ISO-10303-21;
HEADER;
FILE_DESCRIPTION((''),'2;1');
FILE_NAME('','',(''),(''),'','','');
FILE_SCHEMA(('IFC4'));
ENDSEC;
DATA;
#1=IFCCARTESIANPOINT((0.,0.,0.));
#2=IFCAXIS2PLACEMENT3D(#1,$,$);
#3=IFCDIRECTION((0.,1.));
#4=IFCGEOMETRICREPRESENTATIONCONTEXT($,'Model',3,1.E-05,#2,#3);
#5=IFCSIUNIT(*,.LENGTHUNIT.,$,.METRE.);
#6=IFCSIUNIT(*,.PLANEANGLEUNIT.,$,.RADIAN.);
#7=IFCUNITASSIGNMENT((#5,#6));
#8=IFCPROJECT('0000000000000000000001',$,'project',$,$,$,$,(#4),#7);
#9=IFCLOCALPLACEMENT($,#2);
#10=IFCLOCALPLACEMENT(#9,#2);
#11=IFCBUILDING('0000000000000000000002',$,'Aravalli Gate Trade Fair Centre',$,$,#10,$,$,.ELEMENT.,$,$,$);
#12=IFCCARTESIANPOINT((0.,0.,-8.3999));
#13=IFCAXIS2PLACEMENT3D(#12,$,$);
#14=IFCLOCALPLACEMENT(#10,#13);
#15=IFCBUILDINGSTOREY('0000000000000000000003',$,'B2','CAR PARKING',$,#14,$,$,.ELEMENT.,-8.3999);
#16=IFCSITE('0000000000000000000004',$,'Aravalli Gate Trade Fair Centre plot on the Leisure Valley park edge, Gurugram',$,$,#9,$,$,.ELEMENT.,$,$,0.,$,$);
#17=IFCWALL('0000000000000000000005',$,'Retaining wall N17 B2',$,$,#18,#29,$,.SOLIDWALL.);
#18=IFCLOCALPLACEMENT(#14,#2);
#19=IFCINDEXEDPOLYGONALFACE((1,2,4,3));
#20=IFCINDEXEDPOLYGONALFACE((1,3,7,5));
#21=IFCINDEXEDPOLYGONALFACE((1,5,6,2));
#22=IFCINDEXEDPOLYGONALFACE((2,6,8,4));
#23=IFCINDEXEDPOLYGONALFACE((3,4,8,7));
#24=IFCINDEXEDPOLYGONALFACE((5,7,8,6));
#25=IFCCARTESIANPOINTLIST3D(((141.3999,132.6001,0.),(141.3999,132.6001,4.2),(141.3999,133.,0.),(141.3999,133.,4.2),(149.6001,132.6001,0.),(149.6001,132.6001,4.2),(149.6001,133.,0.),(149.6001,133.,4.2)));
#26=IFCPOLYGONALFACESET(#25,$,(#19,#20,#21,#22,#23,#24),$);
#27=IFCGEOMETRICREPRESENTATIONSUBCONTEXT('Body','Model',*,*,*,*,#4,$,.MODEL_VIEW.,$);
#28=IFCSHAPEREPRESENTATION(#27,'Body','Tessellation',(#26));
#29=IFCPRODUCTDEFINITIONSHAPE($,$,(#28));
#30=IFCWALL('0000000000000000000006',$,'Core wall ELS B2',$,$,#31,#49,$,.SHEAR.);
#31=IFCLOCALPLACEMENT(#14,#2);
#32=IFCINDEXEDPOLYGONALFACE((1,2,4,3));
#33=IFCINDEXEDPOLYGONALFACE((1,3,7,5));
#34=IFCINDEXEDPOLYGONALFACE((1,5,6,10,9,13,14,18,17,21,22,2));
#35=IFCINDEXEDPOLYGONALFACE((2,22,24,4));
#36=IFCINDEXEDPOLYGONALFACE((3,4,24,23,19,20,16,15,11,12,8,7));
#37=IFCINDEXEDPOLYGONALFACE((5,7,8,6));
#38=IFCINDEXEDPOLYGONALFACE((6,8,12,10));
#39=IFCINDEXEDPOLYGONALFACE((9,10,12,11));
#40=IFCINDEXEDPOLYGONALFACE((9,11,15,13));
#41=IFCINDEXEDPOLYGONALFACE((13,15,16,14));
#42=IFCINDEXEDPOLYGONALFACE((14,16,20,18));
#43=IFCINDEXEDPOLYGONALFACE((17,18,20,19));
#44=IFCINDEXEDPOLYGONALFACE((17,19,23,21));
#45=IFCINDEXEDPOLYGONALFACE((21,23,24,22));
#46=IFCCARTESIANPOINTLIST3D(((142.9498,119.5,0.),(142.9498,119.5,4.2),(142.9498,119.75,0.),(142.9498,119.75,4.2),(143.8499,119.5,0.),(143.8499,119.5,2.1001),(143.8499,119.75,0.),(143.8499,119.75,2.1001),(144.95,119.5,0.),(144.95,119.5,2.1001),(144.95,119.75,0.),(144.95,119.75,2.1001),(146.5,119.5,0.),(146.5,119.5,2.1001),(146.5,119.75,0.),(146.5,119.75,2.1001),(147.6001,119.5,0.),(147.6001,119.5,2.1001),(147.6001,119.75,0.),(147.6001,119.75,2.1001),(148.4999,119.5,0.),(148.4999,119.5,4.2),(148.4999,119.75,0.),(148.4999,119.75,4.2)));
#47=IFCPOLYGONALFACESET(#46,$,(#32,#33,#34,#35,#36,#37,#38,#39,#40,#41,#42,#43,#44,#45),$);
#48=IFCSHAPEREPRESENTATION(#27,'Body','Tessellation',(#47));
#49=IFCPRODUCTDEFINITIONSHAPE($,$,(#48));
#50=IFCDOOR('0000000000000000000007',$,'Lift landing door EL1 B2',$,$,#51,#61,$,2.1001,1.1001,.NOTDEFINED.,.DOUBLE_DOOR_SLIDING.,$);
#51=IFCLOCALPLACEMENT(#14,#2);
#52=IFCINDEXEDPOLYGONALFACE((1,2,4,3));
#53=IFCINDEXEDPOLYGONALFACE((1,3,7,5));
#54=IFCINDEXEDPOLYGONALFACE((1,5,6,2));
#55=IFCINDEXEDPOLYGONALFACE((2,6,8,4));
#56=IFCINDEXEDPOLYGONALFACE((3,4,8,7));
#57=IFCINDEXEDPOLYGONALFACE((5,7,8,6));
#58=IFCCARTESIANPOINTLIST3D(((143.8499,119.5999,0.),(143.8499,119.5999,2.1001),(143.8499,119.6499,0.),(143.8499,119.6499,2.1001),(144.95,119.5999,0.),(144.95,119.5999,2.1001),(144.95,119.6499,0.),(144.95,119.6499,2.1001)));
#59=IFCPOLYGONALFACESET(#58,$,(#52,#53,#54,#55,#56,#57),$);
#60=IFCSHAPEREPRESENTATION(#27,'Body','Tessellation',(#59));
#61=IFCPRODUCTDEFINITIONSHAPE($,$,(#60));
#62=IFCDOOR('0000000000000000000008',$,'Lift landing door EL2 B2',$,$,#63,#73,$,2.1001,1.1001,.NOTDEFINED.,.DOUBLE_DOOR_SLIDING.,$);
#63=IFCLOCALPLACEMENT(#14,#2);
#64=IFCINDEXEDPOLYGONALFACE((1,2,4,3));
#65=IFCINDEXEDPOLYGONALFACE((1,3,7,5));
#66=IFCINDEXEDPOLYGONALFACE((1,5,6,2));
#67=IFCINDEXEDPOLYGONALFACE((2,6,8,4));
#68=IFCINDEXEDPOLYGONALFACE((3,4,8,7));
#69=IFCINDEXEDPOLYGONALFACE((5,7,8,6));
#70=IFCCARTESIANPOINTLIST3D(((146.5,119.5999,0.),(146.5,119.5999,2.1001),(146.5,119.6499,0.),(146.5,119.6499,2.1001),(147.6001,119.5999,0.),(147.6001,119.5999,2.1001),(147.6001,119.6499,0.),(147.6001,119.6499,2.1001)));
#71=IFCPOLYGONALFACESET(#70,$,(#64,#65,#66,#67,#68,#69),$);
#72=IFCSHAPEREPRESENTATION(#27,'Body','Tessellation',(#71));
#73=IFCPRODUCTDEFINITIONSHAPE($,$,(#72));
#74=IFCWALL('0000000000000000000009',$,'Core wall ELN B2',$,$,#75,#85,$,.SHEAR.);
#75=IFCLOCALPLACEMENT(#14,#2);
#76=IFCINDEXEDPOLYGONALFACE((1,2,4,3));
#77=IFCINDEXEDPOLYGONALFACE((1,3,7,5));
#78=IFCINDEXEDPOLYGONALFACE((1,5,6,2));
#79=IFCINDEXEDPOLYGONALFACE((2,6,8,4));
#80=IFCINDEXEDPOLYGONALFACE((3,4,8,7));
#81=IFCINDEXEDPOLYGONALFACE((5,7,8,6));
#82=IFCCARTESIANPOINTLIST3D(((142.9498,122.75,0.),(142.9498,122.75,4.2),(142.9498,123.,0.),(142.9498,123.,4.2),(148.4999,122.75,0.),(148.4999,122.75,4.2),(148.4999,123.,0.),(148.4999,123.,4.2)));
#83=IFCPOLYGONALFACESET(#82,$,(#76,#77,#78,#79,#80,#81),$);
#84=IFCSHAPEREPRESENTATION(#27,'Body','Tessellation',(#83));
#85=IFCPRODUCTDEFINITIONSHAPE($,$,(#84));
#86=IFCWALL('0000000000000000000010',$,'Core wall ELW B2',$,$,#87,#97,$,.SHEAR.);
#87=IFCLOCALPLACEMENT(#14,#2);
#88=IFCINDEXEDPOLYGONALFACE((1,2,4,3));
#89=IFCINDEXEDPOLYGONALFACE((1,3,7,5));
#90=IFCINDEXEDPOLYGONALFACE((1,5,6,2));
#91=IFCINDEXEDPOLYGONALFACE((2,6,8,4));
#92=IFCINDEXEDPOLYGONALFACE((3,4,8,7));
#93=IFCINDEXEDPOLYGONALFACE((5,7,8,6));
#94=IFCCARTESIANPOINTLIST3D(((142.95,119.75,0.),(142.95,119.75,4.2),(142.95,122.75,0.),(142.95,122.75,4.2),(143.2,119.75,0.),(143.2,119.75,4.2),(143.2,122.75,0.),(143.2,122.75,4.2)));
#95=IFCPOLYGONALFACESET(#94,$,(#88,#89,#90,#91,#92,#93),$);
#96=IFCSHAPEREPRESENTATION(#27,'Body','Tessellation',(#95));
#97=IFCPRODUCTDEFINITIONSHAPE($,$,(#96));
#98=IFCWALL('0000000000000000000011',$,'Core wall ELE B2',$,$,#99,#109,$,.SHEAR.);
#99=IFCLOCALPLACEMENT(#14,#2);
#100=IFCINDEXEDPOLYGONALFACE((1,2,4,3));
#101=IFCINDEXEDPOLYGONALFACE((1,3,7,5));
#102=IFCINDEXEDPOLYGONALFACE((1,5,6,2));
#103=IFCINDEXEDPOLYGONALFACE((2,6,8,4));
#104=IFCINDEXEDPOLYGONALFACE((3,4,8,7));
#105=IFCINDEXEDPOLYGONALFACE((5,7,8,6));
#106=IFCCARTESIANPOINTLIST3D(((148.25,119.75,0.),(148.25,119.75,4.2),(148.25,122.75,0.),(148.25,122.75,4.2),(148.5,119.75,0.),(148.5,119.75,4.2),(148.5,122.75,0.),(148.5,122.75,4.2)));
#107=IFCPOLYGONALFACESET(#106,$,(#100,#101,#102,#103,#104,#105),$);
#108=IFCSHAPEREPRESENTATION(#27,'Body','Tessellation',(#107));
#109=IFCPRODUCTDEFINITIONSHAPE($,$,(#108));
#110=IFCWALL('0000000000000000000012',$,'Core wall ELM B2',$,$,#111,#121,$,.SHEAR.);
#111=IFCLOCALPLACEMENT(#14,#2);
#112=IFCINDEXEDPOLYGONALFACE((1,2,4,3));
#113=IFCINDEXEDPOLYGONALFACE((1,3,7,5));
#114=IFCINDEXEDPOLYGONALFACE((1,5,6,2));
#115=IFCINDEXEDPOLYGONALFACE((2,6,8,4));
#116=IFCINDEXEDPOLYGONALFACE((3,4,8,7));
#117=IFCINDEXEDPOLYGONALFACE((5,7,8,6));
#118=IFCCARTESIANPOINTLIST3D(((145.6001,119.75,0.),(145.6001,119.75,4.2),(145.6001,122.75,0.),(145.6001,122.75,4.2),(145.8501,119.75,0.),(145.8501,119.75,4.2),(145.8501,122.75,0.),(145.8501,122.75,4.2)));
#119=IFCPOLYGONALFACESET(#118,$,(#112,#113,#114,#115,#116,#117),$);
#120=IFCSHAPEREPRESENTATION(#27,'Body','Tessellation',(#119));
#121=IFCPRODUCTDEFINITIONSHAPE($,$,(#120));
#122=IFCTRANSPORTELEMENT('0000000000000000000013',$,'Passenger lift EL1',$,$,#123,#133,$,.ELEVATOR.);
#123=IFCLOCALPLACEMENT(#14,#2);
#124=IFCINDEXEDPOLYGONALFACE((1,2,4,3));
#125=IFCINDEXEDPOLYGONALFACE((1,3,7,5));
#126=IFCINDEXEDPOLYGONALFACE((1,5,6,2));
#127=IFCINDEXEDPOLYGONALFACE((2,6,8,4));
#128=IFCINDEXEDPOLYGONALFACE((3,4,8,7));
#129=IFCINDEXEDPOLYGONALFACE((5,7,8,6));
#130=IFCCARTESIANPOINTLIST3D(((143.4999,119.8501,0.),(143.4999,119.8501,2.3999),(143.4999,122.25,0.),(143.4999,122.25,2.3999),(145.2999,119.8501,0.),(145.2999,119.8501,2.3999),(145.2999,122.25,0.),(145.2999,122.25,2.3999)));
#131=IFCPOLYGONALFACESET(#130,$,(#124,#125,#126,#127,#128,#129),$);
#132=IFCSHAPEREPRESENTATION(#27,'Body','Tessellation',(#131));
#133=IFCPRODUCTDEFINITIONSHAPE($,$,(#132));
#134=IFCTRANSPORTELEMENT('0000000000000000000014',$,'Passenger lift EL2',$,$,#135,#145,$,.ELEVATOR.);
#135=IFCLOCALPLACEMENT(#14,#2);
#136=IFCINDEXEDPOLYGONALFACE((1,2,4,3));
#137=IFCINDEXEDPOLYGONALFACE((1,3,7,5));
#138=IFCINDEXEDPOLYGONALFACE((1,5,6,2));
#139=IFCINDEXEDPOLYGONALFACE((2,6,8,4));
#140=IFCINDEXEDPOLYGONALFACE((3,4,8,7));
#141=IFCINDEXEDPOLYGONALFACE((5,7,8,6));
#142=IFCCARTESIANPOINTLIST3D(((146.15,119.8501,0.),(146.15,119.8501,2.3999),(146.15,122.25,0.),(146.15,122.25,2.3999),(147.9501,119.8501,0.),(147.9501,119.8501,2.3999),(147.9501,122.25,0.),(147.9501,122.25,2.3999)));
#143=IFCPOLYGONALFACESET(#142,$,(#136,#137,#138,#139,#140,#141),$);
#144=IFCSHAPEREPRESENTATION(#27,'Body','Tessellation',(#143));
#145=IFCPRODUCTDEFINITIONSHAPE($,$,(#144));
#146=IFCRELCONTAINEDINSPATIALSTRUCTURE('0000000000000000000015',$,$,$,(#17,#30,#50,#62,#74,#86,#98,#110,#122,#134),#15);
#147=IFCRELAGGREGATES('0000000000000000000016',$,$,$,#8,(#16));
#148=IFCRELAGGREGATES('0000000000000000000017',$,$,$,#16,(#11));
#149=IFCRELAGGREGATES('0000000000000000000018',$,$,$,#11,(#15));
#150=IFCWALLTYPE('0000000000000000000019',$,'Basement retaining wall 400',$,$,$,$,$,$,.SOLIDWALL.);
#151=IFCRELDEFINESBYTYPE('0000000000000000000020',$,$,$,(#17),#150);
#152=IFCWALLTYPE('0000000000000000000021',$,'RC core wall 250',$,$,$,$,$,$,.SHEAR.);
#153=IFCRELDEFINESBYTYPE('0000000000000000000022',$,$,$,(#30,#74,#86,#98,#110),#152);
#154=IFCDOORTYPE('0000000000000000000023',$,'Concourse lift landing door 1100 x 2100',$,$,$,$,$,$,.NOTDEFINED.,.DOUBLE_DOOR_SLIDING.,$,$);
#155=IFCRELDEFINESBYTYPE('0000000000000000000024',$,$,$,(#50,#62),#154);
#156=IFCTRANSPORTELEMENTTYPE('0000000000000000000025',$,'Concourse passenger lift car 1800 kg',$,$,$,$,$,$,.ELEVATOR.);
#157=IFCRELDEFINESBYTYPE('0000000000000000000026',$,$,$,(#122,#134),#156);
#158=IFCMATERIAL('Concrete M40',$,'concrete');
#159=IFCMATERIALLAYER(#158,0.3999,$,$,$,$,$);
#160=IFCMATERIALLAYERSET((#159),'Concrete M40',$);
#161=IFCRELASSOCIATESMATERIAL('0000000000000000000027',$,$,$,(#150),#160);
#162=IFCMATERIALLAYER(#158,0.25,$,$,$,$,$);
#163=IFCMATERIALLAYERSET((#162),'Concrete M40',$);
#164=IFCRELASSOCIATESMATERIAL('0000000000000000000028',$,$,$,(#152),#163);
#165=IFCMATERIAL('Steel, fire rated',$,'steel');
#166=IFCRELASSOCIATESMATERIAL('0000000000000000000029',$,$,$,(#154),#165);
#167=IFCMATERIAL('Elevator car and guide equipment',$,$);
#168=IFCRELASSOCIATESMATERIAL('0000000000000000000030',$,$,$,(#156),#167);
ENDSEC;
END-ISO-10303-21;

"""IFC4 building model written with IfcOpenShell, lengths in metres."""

from ifc_helpers import new_model, si_unit, direction, frame, frame_2d, origin, origin_2d, place, context, subcontext, project, spatial, rectangle, extrude, material, layer, layer_set, type_object, element, fill, save


model = new_model("IFC4")

# Units and contexts
model_context = context("Model", 3, precision=1e-05, world=origin(), true_north=direction((0.0, 1.0)))
body_context = subcontext(model_context, "Body", "Model", "MODEL_VIEW")
ifc_project = project(units=[si_unit("LENGTHUNIT", "METRE"), si_unit("PLANEANGLEUNIT", "RADIAN")], contexts=[model_context])

# Site, building, storey
site_placement = place(None, origin())
site = spatial("IfcSite", under=ifc_project, at=site_placement, Name="Aravalli Gate Trade Fair Centre plot on the Leisure Valley park edge, Gurugram", CompositionType="ELEMENT", RefElevation=0.0)
building_placement = place(site_placement, origin())
building = spatial("IfcBuilding", under=site, at=building_placement, Name="Aravalli Gate Trade Fair Centre", CompositionType="ELEMENT")
storey_placement = place(building_placement, frame((0.0, 0.0, -8.3999)))
storey = spatial("IfcBuildingStorey", under=building, at=storey_placement, Name="B2", Description="CAR PARKING", CompositionType="ELEMENT", Elevation=-8.3999)

# Wall
ifc_material_1 = material(Name="Concrete M40", Category="concrete")
ifc_layer_1 = layer(ifc_material_1, 0.3999)
ifc_layer_set_1 = layer_set([ifc_layer_1], Name="Concrete M40")
wall_type_1 = type_object("IfcWallType", Name="Basement retaining wall 400", PredefinedType="SOLIDWALL", material=ifc_layer_set_1)
wall_1_placement = place(storey_placement, frame((141.3999, 132.8, 0.0), z_axis=(0.0, 0.0, 1.0), x_axis=(1.0, 0.0, 0.0)))
element("IfcWall", 1, at=wall_1_placement, inside=storey, type_object=wall_type_1, Name="Retaining wall N17 B2", PredefinedType="SOLIDWALL", context=body_context, shape_type="SweptSolid", body=[
    extrude(rectangle(XDim=8.2002, YDim=0.3999, at=frame_2d((4.1001, 0.0))), origin(), (0.0, 0.0, 1.0), 4.2),
])

# Wall, openings, doors
ifc_layer_2 = layer(ifc_material_1, 0.25)
ifc_layer_set_2 = layer_set([ifc_layer_2], Name="Concrete M40")
wall_type_2 = type_object("IfcWallType", Name="RC core wall 250", PredefinedType="SHEAR", material=ifc_layer_set_2)
wall_2_placement = place(storey_placement, frame((142.95, 119.625, 0.0), z_axis=(0.0, 0.0, 1.0), x_axis=(1.0, 0.0, 0.0)))
wall_2 = element("IfcWall", 2, at=wall_2_placement, inside=storey, type_object=wall_type_2, Name="Core wall ELS B2", PredefinedType="SHEAR", context=body_context, shape_type="SweptSolid", body=[
    extrude(rectangle(XDim=5.55, YDim=0.25, at=frame_2d((2.7749, 0.0))), origin(), (0.0, 0.0, 1.0), 4.2),
])
opening_1_placement = place(wall_2_placement, frame((0.8999, 0.0, 0.0)))
opening_1 = element("IfcOpeningElement", 3, at=opening_1_placement, cuts=wall_2, PredefinedType="OPENING", context=body_context, shape_type="SweptSolid", body=[
    extrude(rectangle(XDim=1.1001, YDim=2.1001, at=frame_2d((0.55, 1.05))), frame((0.0, 0.135, 0.0), z_axis=(0.0, -1.0, 0.0), x_axis=(1.0, 0.0, 0.0)), (0.0, 0.0, 1.0), 0.27),
])
opening_2_placement = place(wall_2_placement, frame((3.55, 0.0, 0.0)))
opening_2 = element("IfcOpeningElement", 4, at=opening_2_placement, cuts=wall_2, PredefinedType="OPENING", context=body_context, shape_type="SweptSolid", body=[
    extrude(rectangle(XDim=1.1001, YDim=2.1001, at=frame_2d((0.55, 1.05))), frame((0.0, 0.135, 0.0), z_axis=(0.0, -1.0, 0.0), x_axis=(1.0, 0.0, 0.0)), (0.0, 0.0, 1.0), 0.27),
])
ifc_material_2 = material(Name="Steel, fire rated", Category="steel")
door_type = type_object("IfcDoorType", Name="Concourse lift landing door 1100 x 2100", OperationType="DOUBLE_DOOR_SLIDING", PredefinedType="NOTDEFINED", material=ifc_material_2)
door_1_placement = place(opening_1_placement, origin())
door_1 = element("IfcDoor", 5, at=door_1_placement, inside=storey, type_object=door_type, Name="Lift landing door EL1 B2", OperationType="DOUBLE_DOOR_SLIDING", OverallHeight=2.1001, OverallWidth=1.1001, PredefinedType="NOTDEFINED", context=body_context, shape_type="SweptSolid", body=[
    extrude(rectangle(XDim=1.1001, YDim=2.1001, at=frame_2d((0.55, 1.05))), frame((0.0, 0.0249, 0.0), z_axis=(0.0, -1.0, 0.0), x_axis=(1.0, 0.0, 0.0)), (0.0, 0.0, 1.0), 0.05),
])
fill(opening_1, door_1)
door_2_placement = place(opening_2_placement, origin())
door_2 = element("IfcDoor", 6, at=door_2_placement, inside=storey, type_object=door_type, Name="Lift landing door EL2 B2", OperationType="DOUBLE_DOOR_SLIDING", OverallHeight=2.1001, OverallWidth=1.1001, PredefinedType="NOTDEFINED", context=body_context, shape_type="SweptSolid", body=[
    extrude(rectangle(XDim=1.1001, YDim=2.1001, at=frame_2d((0.55, 1.05))), frame((0.0, 0.0249, 0.0), z_axis=(0.0, -1.0, 0.0), x_axis=(1.0, 0.0, 0.0)), (0.0, 0.0, 1.0), 0.05),
])
fill(opening_2, door_2)

# Walls
wall_3_placement = place(storey_placement, frame((142.95, 122.875, 0.0), z_axis=(0.0, 0.0, 1.0), x_axis=(1.0, 0.0, 0.0)))
element("IfcWall", 7, at=wall_3_placement, inside=storey, type_object=wall_type_2, Name="Core wall ELN B2", PredefinedType="SHEAR", context=body_context, shape_type="SweptSolid", body=[
    extrude(rectangle(XDim=5.55, YDim=0.25, at=frame_2d((2.7749, 0.0))), origin(), (0.0, 0.0, 1.0), 4.2),
])
for number, where, z_axis, x_axis, name in (
    (8, (143.075, 119.75, 0.0), (0.0, 0.0, 1.0), (0.0, 1.0, 0.0), "Core wall ELW B2"),
    (9, (148.375, 119.75, 0.0), (0.0, 0.0, 1.0), (0.0, 1.0, 0.0), "Core wall ELE B2"),
    (10, (145.7251, 119.75, 0.0), (0.0, 0.0, 1.0), (0.0, 1.0, 0.0), "Core wall ELM B2"),
):
    element("IfcWall", number, at=place(storey_placement, frame(where, z_axis=z_axis, x_axis=x_axis)), inside=storey, type_object=wall_type_2, Name=name, PredefinedType="SHEAR", context=body_context, shape_type="SweptSolid", body=[
        extrude(rectangle(XDim=3.0, YDim=0.25, at=frame_2d((1.5, 0.0))), origin(), (0.0, 0.0, 1.0), 4.2),
    ])

# Transport elements
ifc_material_3 = material(Name="Elevator car and guide equipment")
transport_element_type = type_object("IfcTransportElementType", Name="Concourse passenger lift car 1800 kg", PredefinedType="ELEVATOR", material=ifc_material_3)
for number, where, z_axis, x_axis, name in (
    (11, (144.3999, 121.05, 0.0), (0.0, 0.0, 1.0), (1.0, 0.0, 0.0), "Passenger lift EL1"),
    (12, (147.05, 121.05, 0.0), (0.0, 0.0, 1.0), (1.0, 0.0, 0.0), "Passenger lift EL2"),
):
    element("IfcTransportElement", number, at=place(storey_placement, frame(where, z_axis=z_axis, x_axis=x_axis)), inside=storey, type_object=transport_element_type, Name=name, PredefinedType="ELEVATOR", context=body_context, shape_type="SweptSolid", body=[
        extrude(rectangle(XDim=1.8, YDim=2.3999, at=origin_2d()), origin(), (0.0, 0.0, 1.0), 2.3999),
    ])

save(model, "model.ifc")
